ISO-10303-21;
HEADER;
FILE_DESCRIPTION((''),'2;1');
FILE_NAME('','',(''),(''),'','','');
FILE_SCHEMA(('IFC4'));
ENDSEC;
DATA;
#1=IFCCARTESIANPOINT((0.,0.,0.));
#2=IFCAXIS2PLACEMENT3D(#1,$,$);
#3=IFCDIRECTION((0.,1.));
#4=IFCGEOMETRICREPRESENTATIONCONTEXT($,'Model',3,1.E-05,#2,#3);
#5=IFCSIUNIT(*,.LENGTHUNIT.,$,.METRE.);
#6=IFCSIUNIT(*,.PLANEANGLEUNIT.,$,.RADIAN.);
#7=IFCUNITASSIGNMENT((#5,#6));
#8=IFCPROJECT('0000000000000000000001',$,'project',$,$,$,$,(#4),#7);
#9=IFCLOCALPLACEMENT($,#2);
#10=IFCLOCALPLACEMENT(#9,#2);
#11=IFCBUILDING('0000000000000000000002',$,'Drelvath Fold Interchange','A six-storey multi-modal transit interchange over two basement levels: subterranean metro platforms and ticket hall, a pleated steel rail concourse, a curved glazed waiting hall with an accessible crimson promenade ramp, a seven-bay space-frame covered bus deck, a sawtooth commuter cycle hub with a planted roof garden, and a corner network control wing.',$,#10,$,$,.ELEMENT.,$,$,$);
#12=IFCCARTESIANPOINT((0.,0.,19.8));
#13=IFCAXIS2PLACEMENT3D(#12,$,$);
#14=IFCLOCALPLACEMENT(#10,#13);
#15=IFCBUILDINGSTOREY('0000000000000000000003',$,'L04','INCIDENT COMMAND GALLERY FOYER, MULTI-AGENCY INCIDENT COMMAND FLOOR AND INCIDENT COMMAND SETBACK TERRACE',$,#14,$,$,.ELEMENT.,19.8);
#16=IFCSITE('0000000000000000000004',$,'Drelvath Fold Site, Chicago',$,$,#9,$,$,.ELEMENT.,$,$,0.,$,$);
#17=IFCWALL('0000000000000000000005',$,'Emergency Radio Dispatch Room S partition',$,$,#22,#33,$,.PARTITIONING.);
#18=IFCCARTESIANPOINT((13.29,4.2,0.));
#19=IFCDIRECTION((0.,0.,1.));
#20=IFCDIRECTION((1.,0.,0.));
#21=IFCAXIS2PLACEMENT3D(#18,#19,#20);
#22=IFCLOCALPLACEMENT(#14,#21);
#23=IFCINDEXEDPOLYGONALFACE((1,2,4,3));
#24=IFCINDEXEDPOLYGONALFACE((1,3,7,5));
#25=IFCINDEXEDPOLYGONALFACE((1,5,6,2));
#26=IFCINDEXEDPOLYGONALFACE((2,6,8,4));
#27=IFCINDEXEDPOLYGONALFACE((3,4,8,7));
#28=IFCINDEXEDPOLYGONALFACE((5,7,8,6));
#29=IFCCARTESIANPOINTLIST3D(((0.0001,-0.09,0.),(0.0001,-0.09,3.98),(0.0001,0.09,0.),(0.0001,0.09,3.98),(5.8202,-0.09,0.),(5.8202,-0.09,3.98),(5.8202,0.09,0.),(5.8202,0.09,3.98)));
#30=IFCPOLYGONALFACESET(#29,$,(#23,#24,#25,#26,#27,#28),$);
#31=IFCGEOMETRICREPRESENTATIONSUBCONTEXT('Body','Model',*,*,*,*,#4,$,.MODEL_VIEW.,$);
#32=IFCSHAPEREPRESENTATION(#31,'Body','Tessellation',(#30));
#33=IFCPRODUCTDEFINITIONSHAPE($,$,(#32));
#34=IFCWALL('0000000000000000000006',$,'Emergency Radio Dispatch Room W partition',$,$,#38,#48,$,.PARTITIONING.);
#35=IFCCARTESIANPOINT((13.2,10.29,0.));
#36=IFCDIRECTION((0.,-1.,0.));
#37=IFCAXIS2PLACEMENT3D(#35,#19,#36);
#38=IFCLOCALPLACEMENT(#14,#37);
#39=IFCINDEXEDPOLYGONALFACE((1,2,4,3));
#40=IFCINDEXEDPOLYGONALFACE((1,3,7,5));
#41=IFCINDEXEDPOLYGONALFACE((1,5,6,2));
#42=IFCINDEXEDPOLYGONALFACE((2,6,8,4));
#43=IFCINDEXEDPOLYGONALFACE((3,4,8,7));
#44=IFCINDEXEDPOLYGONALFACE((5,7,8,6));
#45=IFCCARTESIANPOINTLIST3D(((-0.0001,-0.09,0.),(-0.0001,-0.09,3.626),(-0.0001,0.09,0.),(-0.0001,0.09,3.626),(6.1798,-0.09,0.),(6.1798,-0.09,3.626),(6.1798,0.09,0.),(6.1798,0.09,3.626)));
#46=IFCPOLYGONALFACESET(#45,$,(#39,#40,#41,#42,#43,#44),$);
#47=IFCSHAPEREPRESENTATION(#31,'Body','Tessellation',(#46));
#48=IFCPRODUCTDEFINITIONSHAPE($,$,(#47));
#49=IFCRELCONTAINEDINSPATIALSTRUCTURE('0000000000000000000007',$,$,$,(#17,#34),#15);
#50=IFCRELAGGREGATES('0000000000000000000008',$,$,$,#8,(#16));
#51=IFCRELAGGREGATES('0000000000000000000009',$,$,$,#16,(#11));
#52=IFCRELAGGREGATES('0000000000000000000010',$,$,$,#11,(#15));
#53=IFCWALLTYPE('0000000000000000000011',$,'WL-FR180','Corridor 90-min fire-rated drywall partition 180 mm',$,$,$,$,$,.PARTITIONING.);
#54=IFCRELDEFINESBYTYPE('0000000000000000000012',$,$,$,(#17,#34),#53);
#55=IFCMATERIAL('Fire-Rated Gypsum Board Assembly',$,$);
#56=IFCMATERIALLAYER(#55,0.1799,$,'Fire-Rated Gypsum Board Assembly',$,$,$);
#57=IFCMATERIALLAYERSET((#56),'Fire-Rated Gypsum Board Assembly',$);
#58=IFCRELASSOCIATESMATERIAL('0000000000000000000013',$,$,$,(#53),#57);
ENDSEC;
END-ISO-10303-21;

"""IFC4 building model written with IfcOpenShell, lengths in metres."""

from ifc_helpers import new_model, si_unit, direction, frame, frame_2d, origin, place, context, subcontext, project, spatial, rectangle, extrude, material, layer, layer_set, type_object, element, save


model = new_model("IFC4")

# Units and contexts
model_context = context("Model", 3, precision=1e-05, world=origin(), true_north=direction((0.0, 1.0)))
body_context = subcontext(model_context, "Body", "Model", "MODEL_VIEW")
ifc_project = project(units=[si_unit("LENGTHUNIT", "METRE"), si_unit("PLANEANGLEUNIT", "RADIAN")], contexts=[model_context])

# Site, building, storey
site_placement = place(None, origin())
site = spatial("IfcSite", under=ifc_project, at=site_placement, Name="Drelvath Fold Site, Chicago", CompositionType="ELEMENT", RefElevation=0.0)
building_placement = place(site_placement, origin())
building = spatial("IfcBuilding", under=site, at=building_placement, Name="Drelvath Fold Interchange", Description="A six-storey multi-modal transit interchange over two basement levels: subterranean metro platforms and ticket hall, a pleated steel rail concourse, a curved glazed waiting hall with an accessible crimson promenade ramp, a seven-bay space-frame covered bus deck, a sawtooth commuter cycle hub with a planted roof garden, and a corner network control wing.", CompositionType="ELEMENT")
storey_placement = place(building_placement, frame((0.0, 0.0, 19.8)))
storey = spatial("IfcBuildingStorey", under=building, at=storey_placement, Name="L04", Description="INCIDENT COMMAND GALLERY FOYER, MULTI-AGENCY INCIDENT COMMAND FLOOR AND INCIDENT COMMAND SETBACK TERRACE", CompositionType="ELEMENT", Elevation=19.8)

# Wall
ifc_material_1 = material(Name="Fire-Rated Gypsum Board Assembly")
ifc_layer_1 = layer(ifc_material_1, 0.1799, Name="Fire-Rated Gypsum Board Assembly")
ifc_layer_set_1 = layer_set([ifc_layer_1], Name="Fire-Rated Gypsum Board Assembly")
wall_type = type_object("IfcWallType", Name="WL-FR180", Description="Corridor 90-min fire-rated drywall partition 180 mm", PredefinedType="PARTITIONING", material=ifc_layer_set_1)
wall_1_placement = place(storey_placement, frame((13.29, 4.2, 0.0), z_axis=(0.0, 0.0, 1.0), x_axis=(1.0, 0.0, 0.0)))
element("IfcWall", 1, at=wall_1_placement, inside=storey, type_object=wall_type, Name="Emergency Radio Dispatch Room S partition", PredefinedType="PARTITIONING", context=body_context, shape_type="SweptSolid", body=[
    extrude(rectangle(XDim=5.8201, YDim=0.1799, at=frame_2d((2.9102, 0.0))), origin(), (0.0, 0.0, 1.0), 3.98),
])

# Wall
wall_2_placement = place(storey_placement, frame((13.2, 10.29, 0.0), z_axis=(0.0, 0.0, 1.0), x_axis=(0.0, -1.0, 0.0)))
element("IfcWall", 2, at=wall_2_placement, inside=storey, type_object=wall_type, Name="Emergency Radio Dispatch Room W partition", PredefinedType="PARTITIONING", context=body_context, shape_type="SweptSolid", body=[
    extrude(rectangle(XDim=6.1799, YDim=0.1799, at=frame_2d((3.0898, 0.0))), origin(), (0.0, 0.0, 1.0), 3.626),
])

save(model, "model.ifc")
